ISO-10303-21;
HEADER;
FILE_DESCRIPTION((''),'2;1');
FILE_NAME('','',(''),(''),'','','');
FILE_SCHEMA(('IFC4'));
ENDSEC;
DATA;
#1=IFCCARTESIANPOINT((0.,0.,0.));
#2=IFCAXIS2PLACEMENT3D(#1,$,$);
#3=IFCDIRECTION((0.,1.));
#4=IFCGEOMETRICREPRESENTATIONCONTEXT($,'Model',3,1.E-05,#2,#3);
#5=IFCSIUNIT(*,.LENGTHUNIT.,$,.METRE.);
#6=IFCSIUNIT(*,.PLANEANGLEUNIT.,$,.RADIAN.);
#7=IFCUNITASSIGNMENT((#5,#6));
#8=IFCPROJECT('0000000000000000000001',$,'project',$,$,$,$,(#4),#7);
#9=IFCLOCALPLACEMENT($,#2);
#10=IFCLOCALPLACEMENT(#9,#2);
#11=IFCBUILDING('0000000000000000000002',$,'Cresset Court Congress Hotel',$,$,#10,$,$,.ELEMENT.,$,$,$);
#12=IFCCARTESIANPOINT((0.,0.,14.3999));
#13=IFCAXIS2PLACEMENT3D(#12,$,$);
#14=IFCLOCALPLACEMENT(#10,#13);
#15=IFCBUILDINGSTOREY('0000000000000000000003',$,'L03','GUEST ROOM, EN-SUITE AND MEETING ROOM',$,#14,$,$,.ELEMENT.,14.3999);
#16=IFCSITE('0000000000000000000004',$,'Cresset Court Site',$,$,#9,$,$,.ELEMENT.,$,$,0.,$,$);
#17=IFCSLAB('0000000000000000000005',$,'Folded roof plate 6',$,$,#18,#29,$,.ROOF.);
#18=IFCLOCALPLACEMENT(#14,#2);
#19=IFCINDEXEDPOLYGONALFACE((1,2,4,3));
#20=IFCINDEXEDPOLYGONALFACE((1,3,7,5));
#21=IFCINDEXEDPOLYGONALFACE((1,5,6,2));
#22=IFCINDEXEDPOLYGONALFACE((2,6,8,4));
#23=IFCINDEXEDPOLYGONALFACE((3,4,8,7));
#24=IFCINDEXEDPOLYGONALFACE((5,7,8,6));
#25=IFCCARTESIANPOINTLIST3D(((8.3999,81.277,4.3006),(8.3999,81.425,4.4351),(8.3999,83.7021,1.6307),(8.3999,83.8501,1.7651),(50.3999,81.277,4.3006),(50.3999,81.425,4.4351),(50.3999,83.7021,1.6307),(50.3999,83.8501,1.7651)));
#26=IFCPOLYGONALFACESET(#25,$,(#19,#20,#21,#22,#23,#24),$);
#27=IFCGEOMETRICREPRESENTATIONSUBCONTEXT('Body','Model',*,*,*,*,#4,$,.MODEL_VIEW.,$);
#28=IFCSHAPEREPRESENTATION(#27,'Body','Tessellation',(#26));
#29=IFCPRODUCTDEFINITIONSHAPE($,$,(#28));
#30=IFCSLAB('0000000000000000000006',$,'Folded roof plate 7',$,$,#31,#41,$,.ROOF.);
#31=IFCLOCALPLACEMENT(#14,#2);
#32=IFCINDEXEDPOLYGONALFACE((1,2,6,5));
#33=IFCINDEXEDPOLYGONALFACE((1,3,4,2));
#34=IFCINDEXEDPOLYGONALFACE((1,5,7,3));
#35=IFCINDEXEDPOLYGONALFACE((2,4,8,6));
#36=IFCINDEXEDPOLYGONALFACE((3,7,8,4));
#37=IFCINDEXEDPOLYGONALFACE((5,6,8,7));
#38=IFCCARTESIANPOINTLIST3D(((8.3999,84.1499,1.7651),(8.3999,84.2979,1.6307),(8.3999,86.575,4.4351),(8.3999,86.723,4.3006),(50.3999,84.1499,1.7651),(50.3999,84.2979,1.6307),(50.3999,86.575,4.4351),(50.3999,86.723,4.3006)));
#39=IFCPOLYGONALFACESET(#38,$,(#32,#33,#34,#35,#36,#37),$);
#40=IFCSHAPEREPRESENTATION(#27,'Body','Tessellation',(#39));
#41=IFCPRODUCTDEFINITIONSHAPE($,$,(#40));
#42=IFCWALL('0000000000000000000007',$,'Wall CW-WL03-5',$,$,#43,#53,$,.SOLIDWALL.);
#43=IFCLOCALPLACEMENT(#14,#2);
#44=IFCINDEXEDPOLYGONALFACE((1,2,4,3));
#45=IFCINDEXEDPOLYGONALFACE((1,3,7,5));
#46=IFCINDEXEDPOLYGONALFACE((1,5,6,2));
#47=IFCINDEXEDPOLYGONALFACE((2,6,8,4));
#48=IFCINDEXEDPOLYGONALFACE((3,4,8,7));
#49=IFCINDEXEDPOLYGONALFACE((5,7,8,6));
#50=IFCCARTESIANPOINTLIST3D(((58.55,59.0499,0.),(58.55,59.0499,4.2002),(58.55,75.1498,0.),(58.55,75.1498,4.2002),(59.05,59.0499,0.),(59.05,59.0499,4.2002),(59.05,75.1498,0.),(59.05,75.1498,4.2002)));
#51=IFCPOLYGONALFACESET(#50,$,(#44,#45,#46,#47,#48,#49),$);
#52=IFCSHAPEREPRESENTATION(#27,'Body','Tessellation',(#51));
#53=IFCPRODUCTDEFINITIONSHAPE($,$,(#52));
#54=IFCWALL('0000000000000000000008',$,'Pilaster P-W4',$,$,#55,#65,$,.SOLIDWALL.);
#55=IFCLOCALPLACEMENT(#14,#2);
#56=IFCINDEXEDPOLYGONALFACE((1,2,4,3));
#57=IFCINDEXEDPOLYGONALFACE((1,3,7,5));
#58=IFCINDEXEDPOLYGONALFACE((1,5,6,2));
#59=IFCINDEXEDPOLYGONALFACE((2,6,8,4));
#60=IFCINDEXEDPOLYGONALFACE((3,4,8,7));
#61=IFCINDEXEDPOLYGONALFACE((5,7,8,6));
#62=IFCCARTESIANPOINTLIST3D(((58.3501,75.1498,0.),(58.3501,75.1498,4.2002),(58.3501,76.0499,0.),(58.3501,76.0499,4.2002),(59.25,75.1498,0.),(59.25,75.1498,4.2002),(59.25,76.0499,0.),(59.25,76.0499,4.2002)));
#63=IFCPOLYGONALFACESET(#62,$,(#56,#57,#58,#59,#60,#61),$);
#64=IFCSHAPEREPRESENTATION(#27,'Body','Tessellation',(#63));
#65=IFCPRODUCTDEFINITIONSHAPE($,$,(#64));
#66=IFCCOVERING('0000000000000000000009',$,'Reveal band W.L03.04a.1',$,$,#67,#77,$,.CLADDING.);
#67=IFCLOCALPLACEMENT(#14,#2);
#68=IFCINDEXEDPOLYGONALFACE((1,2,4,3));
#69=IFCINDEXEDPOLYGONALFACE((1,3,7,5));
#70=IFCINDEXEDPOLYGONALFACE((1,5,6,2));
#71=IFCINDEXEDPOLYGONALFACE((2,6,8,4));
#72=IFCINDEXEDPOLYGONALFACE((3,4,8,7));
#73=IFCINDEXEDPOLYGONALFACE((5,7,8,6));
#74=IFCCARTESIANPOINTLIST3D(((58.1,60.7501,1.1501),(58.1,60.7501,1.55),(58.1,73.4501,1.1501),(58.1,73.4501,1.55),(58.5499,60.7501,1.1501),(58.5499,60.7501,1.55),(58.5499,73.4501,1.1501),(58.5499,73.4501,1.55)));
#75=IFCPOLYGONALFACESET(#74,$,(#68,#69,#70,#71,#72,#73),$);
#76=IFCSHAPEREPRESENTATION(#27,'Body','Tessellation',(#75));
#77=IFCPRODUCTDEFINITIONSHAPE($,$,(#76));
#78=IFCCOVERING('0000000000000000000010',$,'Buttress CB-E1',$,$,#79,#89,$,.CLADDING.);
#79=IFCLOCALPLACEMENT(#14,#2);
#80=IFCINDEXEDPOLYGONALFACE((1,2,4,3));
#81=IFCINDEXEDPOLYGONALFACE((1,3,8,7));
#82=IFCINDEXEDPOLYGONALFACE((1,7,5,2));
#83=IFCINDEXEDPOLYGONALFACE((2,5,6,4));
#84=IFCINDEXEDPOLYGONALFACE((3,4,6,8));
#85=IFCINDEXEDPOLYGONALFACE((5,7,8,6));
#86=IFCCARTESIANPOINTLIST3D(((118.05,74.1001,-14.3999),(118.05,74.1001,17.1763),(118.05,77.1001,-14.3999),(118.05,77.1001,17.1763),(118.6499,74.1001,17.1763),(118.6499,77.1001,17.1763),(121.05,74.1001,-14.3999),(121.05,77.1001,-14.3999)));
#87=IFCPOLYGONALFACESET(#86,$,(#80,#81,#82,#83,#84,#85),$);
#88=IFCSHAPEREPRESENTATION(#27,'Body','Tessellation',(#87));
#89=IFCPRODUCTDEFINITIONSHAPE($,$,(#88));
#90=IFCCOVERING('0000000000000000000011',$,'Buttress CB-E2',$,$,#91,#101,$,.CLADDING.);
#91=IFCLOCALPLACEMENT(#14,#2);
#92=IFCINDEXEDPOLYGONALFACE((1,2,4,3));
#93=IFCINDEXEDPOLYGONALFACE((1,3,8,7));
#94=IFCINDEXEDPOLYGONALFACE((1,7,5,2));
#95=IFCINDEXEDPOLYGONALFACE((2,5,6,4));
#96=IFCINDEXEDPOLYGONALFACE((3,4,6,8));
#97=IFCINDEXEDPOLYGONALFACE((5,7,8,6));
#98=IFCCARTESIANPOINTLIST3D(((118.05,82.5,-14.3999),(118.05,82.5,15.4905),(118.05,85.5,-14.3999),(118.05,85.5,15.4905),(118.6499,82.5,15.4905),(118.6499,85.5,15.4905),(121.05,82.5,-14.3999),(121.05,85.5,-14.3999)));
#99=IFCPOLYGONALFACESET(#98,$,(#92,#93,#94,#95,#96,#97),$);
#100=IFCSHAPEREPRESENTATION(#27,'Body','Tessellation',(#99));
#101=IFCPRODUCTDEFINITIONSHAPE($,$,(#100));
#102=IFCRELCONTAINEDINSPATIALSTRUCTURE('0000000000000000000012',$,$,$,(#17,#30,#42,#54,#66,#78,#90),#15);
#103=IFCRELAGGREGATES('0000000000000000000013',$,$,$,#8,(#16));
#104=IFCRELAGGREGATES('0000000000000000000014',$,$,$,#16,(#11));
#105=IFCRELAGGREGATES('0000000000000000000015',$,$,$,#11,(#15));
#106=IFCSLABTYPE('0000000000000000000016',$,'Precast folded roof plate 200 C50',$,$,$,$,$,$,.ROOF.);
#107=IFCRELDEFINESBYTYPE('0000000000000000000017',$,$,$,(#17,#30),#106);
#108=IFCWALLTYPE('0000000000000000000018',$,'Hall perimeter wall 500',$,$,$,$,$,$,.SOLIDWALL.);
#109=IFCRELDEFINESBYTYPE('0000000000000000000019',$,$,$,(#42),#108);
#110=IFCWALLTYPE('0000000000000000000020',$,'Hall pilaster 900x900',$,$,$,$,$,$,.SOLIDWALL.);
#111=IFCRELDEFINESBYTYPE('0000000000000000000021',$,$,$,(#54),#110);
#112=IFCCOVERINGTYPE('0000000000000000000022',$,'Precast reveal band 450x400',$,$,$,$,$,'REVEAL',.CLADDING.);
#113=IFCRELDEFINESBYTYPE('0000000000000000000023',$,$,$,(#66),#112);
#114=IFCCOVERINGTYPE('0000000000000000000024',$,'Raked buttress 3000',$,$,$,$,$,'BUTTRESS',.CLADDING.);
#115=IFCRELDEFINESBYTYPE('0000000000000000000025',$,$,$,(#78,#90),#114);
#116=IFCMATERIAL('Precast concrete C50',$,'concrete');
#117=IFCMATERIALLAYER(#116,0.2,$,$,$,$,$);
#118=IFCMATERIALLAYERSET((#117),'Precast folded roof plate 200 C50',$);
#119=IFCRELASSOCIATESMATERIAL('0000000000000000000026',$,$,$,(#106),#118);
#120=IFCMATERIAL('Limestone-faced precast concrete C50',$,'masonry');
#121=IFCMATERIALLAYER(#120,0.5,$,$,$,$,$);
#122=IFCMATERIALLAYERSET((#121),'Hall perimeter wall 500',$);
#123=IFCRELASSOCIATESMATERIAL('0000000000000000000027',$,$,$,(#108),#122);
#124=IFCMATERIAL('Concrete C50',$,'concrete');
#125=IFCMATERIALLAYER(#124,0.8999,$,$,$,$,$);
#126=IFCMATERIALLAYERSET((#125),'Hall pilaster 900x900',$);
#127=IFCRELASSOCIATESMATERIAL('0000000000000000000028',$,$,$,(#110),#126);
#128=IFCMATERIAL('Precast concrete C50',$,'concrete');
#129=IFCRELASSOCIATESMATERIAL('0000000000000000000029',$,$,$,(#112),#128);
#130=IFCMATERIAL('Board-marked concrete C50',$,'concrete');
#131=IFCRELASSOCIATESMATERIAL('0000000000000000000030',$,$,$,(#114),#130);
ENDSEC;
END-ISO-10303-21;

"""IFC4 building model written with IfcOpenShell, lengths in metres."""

from ifc_helpers import new_model, si_unit, direction, frame, frame_2d, origin, origin_2d, place, context, subcontext, project, spatial, polyline, rectangle, outline, extrude, material, layer, layer_set, type_object, element, save


model = new_model("IFC4")

# Units and contexts
model_context = context("Model", 3, precision=1e-05, world=origin(), true_north=direction((0.0, 1.0)))
body_context = subcontext(model_context, "Body", "Model", "MODEL_VIEW")
ifc_project = project(units=[si_unit("LENGTHUNIT", "METRE"), si_unit("PLANEANGLEUNIT", "RADIAN")], contexts=[model_context])

# Site, building, storey
site_placement = place(None, origin())
site = spatial("IfcSite", under=ifc_project, at=site_placement, Name="Cresset Court Site", CompositionType="ELEMENT", RefElevation=0.0)
building_placement = place(site_placement, origin())
building = spatial("IfcBuilding", under=site, at=building_placement, Name="Cresset Court Congress Hotel", CompositionType="ELEMENT")
storey_placement = place(building_placement, frame((0.0, 0.0, 14.3999)))
storey = spatial("IfcBuildingStorey", under=building, at=storey_placement, Name="L03", Description="GUEST ROOM, EN-SUITE AND MEETING ROOM", CompositionType="ELEMENT", Elevation=14.3999)

# Slabs
ifc_material_1 = material(Name="Precast concrete C50", Category="concrete")
ifc_layer_1 = layer(ifc_material_1, 0.2)
ifc_layer_set_1 = layer_set([ifc_layer_1], Name="Precast folded roof plate 200 C50")
slab_type = type_object("IfcSlabType", Name="Precast folded roof plate 200 C50", PredefinedType="ROOF", material=ifc_layer_set_1)
for number, where, z_axis, x_axis, name in (
    (1, (8.3999, 81.425, 4.4351), (0.0, 0.740237, 0.672346), (1.0, 0.0, 0.0), "Folded roof plate 6"),
    (2, (8.3999, 84.1499, 1.7651), (0.0, -0.740237, 0.672346), (1.0, 0.0, 0.0), "Folded roof plate 7"),
):
    element("IfcSlab", number, at=place(storey_placement, frame(where, z_axis=z_axis, x_axis=x_axis)), inside=storey, type_object=slab_type, Name=name, PredefinedType="ROOF", context=body_context, shape_type="SweptSolid", body=[
        extrude(outline(polyline([(0.0, 0.0), (42.0, 0.0), (42.0, 3.6068), (0.0, 3.6068), (0.0, 0.0)])), origin(), (0.0, 0.0, -1.0), 0.2),
    ])

# Walls
ifc_material_2 = material(Name="Limestone-faced precast concrete C50", Category="masonry")
ifc_layer_2 = layer(ifc_material_2, 0.5)
ifc_layer_set_2 = layer_set([ifc_layer_2], Name="Hall perimeter wall 500")
wall_type_1 = type_object("IfcWallType", Name="Hall perimeter wall 500", PredefinedType="SOLIDWALL", material=ifc_layer_set_2)
wall_1_placement = place(storey_placement, frame((58.8, 59.05, 0.0), z_axis=(0.0, 0.0, 1.0), x_axis=(0.0, 1.0, 0.0)))
element("IfcWall", 3, at=wall_1_placement, inside=storey, type_object=wall_type_1, Name="Wall CW-WL03-5", PredefinedType="SOLIDWALL", context=body_context, shape_type="SweptSolid", body=[
    extrude(rectangle(XDim=16.0999, YDim=0.5, at=frame_2d((8.0498, 0.0))), origin(), (0.0, 0.0, 1.0), 4.2002),
])
ifc_material_3 = material(Name="Concrete C50", Category="concrete")
ifc_layer_3 = layer(ifc_material_3, 0.8999)
ifc_layer_set_3 = layer_set([ifc_layer_3], Name="Hall pilaster 900x900")
wall_type_2 = type_object("IfcWallType", Name="Hall pilaster 900x900", PredefinedType="SOLIDWALL", material=ifc_layer_set_3)
wall_2_placement = place(storey_placement, frame((58.8, 76.05, 0.0), z_axis=(0.0, 0.0, 1.0), x_axis=(0.0, -1.0, 0.0)))
element("IfcWall", 4, at=wall_2_placement, inside=storey, type_object=wall_type_2, Name="Pilaster P-W4", PredefinedType="SOLIDWALL", context=body_context, shape_type="SweptSolid", body=[
    extrude(rectangle(XDim=0.9001, YDim=0.8999, at=frame_2d((0.4502, 0.0))), origin(), (0.0, 0.0, 1.0), 4.2002),
])

# Coverings
ifc_material_4 = material(Name="Precast concrete C50", Category="concrete")
covering_type_1 = type_object("IfcCoveringType", Name="Precast reveal band 450x400", ElementType="REVEAL", PredefinedType="CLADDING", material=ifc_material_4)
covering_1_placement = place(storey_placement, frame((58.325, 67.1001, 1.1501), z_axis=(0.0, 0.0, 1.0), x_axis=(0.0, 1.0, 0.0)))
element("IfcCovering", 5, at=covering_1_placement, inside=storey, type_object=covering_type_1, Name="Reveal band W.L03.04a.1", PredefinedType="CLADDING", context=body_context, shape_type="SweptSolid", body=[
    extrude(rectangle(XDim=12.7, YDim=0.45, at=origin_2d()), origin(), (0.0, 0.0, 1.0), 0.3999),
])
ifc_material_5 = material(Name="Board-marked concrete C50", Category="concrete")
covering_type_2 = type_object("IfcCoveringType", Name="Raked buttress 3000", ElementType="BUTTRESS", PredefinedType="CLADDING", material=ifc_material_5)
covering_2_placement = place(storey_placement, frame((0.0, 75.6001, -14.3999)))
element("IfcCovering", 6, at=covering_2_placement, inside=storey, type_object=covering_type_2, Name="Buttress CB-E1", PredefinedType="CLADDING", context=body_context, shape_type="SweptSolid", body=[
    extrude(outline(polyline([(118.05, 0.0), (121.05, 0.0), (118.6499, 31.5762), (118.05, 31.5762), (118.05, 0.0)])), frame((0.0, 1.5, 0.0), z_axis=(0.0, -1.0, 0.0), x_axis=(1.0, 0.0, 0.0)), (0.0, 0.0, 1.0), 3.0),
])
covering_3_placement = place(storey_placement, frame((0.0, 84.0, -14.3999)))
element("IfcCovering", 7, at=covering_3_placement, inside=storey, type_object=covering_type_2, Name="Buttress CB-E2", PredefinedType="CLADDING", context=body_context, shape_type="SweptSolid", body=[
    extrude(outline(polyline([(118.05, 0.0), (121.05, 0.0), (118.6499, 29.8904), (118.05, 29.8904), (118.05, 0.0)])), frame((0.0, 1.5, 0.0), z_axis=(0.0, -1.0, 0.0), x_axis=(1.0, 0.0, 0.0)), (0.0, 0.0, 1.0), 3.0),
])

save(model, "model.ifc")
